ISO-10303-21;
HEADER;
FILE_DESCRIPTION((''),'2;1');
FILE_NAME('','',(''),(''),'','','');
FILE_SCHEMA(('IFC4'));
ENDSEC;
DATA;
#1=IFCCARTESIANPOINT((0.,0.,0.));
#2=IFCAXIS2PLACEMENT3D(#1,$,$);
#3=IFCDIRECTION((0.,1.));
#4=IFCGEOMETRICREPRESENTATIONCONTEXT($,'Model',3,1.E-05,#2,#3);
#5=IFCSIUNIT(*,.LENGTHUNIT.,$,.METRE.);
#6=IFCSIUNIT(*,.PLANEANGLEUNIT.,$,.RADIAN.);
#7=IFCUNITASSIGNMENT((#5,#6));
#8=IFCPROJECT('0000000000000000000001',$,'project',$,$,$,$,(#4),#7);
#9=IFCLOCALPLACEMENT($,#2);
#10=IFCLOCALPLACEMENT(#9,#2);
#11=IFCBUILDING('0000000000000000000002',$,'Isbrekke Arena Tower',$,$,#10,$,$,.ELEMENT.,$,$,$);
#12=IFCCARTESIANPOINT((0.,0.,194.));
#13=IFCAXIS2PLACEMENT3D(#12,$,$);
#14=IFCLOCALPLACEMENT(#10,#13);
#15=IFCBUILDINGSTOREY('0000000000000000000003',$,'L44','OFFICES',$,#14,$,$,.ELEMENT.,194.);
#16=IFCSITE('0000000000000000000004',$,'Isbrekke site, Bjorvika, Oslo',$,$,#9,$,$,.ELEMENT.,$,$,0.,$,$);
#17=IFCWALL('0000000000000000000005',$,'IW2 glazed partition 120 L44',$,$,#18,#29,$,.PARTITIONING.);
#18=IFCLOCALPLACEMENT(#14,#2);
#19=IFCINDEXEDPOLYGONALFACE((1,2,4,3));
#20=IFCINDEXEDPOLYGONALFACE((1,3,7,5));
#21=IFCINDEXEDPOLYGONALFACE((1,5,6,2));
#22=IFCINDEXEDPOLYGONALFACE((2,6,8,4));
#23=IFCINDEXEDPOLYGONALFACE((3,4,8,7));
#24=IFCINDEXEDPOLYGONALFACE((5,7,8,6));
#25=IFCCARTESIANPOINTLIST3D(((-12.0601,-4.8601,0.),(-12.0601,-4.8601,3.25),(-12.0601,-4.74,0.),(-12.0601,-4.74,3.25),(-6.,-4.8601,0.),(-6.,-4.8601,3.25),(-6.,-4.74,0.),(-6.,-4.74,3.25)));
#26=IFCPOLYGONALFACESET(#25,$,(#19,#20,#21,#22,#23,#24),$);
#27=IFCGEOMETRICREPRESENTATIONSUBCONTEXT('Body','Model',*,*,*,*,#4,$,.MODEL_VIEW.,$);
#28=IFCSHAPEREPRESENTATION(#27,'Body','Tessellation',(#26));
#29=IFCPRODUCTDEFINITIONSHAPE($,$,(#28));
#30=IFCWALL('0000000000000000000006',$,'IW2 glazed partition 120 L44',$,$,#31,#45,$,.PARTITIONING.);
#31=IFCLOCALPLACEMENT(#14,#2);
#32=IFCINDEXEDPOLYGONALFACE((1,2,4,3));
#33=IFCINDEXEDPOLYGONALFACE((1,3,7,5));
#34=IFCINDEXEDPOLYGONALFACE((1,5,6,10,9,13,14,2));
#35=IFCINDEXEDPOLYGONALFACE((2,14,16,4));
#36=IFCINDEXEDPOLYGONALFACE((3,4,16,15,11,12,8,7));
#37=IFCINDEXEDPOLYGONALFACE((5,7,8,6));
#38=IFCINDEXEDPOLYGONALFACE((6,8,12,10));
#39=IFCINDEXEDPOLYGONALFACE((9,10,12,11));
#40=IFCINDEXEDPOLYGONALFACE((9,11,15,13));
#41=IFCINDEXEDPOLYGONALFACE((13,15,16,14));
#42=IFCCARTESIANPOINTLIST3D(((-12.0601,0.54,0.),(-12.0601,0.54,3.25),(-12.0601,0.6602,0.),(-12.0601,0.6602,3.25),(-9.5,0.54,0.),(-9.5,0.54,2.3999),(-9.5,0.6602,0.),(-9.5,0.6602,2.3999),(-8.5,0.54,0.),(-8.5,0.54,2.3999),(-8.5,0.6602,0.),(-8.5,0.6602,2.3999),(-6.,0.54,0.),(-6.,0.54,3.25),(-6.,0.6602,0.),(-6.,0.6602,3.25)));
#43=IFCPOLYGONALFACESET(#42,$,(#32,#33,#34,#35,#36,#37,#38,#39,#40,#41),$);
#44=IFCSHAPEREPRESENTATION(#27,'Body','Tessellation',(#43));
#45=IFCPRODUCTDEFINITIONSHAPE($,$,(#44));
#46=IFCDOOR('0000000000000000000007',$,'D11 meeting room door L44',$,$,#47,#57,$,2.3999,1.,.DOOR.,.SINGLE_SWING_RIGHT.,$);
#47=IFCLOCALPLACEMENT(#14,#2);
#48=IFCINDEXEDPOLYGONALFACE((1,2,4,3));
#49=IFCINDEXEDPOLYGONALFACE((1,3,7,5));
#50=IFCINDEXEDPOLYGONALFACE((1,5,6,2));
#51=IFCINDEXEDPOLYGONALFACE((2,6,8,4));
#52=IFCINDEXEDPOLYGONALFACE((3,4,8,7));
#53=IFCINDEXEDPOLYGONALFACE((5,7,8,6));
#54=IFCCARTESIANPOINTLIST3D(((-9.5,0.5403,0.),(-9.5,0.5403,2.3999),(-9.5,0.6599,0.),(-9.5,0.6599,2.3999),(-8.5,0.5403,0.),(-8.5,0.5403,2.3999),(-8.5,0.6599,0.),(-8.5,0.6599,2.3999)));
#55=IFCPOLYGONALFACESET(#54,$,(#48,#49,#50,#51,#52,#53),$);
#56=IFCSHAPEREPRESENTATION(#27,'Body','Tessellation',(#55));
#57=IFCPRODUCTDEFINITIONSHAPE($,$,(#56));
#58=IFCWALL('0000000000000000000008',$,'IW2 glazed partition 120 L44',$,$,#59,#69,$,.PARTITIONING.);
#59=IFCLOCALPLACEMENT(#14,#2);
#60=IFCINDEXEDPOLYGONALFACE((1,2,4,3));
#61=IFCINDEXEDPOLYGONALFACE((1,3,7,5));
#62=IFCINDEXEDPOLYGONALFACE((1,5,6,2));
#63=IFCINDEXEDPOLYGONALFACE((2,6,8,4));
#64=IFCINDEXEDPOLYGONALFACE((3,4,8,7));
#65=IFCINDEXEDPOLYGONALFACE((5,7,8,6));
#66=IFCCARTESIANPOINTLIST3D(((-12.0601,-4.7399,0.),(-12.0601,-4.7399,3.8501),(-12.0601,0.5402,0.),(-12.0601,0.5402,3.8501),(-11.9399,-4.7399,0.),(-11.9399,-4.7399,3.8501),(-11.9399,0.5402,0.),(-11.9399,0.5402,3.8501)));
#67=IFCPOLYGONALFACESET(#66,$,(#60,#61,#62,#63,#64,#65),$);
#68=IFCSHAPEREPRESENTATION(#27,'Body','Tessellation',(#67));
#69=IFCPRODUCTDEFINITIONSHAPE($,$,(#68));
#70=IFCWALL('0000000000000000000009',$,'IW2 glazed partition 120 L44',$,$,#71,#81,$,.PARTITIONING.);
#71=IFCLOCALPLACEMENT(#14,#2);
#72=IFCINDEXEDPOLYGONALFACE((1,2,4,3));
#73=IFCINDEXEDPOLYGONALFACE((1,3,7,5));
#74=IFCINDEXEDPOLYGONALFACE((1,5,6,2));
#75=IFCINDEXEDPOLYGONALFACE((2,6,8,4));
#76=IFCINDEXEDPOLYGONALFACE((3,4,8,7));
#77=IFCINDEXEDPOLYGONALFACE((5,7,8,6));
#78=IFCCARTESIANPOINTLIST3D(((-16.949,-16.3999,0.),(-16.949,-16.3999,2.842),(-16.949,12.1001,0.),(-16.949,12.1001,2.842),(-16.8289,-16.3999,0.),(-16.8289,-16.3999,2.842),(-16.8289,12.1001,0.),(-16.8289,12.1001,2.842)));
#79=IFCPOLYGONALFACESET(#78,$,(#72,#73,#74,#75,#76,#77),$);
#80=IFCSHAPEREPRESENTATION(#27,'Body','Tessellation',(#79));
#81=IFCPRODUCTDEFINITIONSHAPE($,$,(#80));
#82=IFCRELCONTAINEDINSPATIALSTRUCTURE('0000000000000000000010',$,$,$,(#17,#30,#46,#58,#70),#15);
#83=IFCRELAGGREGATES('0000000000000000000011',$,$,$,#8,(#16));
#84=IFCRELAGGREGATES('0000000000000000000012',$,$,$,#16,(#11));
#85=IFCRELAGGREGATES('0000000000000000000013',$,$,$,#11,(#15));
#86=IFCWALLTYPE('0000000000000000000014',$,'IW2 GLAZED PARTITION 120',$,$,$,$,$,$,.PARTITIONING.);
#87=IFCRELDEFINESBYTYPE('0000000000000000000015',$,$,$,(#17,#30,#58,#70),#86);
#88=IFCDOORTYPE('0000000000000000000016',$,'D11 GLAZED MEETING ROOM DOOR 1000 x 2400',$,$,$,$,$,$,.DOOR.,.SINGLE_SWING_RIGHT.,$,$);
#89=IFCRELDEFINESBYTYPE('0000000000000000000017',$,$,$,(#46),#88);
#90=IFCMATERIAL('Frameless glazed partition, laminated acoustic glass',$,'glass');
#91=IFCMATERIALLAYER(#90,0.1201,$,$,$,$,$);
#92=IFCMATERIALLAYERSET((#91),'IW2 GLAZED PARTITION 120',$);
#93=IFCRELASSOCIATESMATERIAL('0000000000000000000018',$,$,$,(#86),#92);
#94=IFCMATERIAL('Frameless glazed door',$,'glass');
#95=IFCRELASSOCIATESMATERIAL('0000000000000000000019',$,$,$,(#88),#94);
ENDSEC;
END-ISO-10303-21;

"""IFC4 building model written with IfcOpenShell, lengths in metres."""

from ifc_helpers import new_model, si_unit, direction, frame, frame_2d, origin, place, context, subcontext, project, spatial, rectangle, extrude, material, layer, layer_set, type_object, element, fill, save


model = new_model("IFC4")

# Units and contexts
model_context = context("Model", 3, precision=1e-05, world=origin(), true_north=direction((0.0, 1.0)))
body_context = subcontext(model_context, "Body", "Model", "MODEL_VIEW")
ifc_project = project(units=[si_unit("LENGTHUNIT", "METRE"), si_unit("PLANEANGLEUNIT", "RADIAN")], contexts=[model_context])

# Site, building, storey
site_placement = place(None, origin())
site = spatial("IfcSite", under=ifc_project, at=site_placement, Name="Isbrekke site, Bjorvika, Oslo", CompositionType="ELEMENT", RefElevation=0.0)
building_placement = place(site_placement, origin())
building = spatial("IfcBuilding", under=site, at=building_placement, Name="Isbrekke Arena Tower", CompositionType="ELEMENT")
storey_placement = place(building_placement, frame((0.0, 0.0, 194.0)))
storey = spatial("IfcBuildingStorey", under=building, at=storey_placement, Name="L44", Description="OFFICES", CompositionType="ELEMENT", Elevation=194.0)

# Wall
ifc_material_1 = material(Name="Frameless glazed partition, laminated acoustic glass", Category="glass")
ifc_layer_1 = layer(ifc_material_1, 0.1201)
ifc_layer_set_1 = layer_set([ifc_layer_1], Name="IW2 GLAZED PARTITION 120")
wall_type = type_object("IfcWallType", Name="IW2 GLAZED PARTITION 120", PredefinedType="PARTITIONING", material=ifc_layer_set_1)
wall_1_placement = place(storey_placement, frame((-12.0601, -4.8, 0.0), z_axis=(0.0, 0.0, 1.0), x_axis=(1.0, 0.0, 0.0)))
element("IfcWall", 1, at=wall_1_placement, inside=storey, type_object=wall_type, Name="IW2 glazed partition 120 L44", PredefinedType="PARTITIONING", context=body_context, shape_type="SweptSolid", body=[
    extrude(rectangle(XDim=6.0601, YDim=0.1201, at=frame_2d((3.03, 0.0))), origin(), (0.0, 0.0, 1.0), 3.25),
])

# Wall, opening, door
wall_2_placement = place(storey_placement, frame((-12.0601, 0.6001, 0.0), z_axis=(0.0, 0.0, 1.0), x_axis=(1.0, 0.0, 0.0)))
wall_2 = element("IfcWall", 2, at=wall_2_placement, inside=storey, type_object=wall_type, Name="IW2 glazed partition 120 L44", PredefinedType="PARTITIONING", context=body_context, shape_type="SweptSolid", body=[
    extrude(rectangle(XDim=6.0601, YDim=0.1201, at=frame_2d((3.03, 0.0))), origin(), (0.0, 0.0, 1.0), 3.25),
])
opening_placement = place(wall_2_placement, frame((2.5601, 0.0, 0.0)))
opening = element("IfcOpeningElement", 3, at=opening_placement, cuts=wall_2, PredefinedType="OPENING", context=body_context, shape_type="SweptSolid", body=[
    extrude(rectangle(XDim=1.0, YDim=2.3999, at=frame_2d((0.5, 1.2))), frame((0.0, 0.075, 0.0), z_axis=(0.0, -1.0, 0.0), x_axis=(1.0, 0.0, 0.0)), (0.0, 0.0, 1.0), 0.1499),
])
ifc_material_2 = material(Name="Frameless glazed door", Category="glass")
door_type = type_object("IfcDoorType", Name="D11 GLAZED MEETING ROOM DOOR 1000 x 2400", OperationType="SINGLE_SWING_RIGHT", PredefinedType="DOOR", material=ifc_material_2)
door_placement = place(opening_placement, origin())
door = element("IfcDoor", 4, at=door_placement, inside=storey, type_object=door_type, Name="D11 meeting room door L44", OperationType="SINGLE_SWING_RIGHT", OverallHeight=2.3999, OverallWidth=1.0, PredefinedType="DOOR", context=body_context, shape_type="SweptSolid", body=[
    extrude(rectangle(XDim=1.0, YDim=2.3999, at=frame_2d((0.5, 1.2))), frame((0.0, 0.0598, 0.0), z_axis=(0.0, -1.0, 0.0), x_axis=(1.0, 0.0, 0.0)), (0.0, 0.0, 1.0), 0.1196),
])
fill(opening, door)

# Walls
wall_3_placement = place(storey_placement, frame((-12.0, -4.74, 0.0), z_axis=(0.0, 0.0, 1.0), x_axis=(0.0, 1.0, 0.0)))
element("IfcWall", 5, at=wall_3_placement, inside=storey, type_object=wall_type, Name="IW2 glazed partition 120 L44", PredefinedType="PARTITIONING", context=body_context, shape_type="SweptSolid", body=[
    extrude(rectangle(XDim=5.28, YDim=0.1201, at=frame_2d((2.6401, 0.0))), origin(), (0.0, 0.0, 1.0), 3.8501),
])
wall_4_placement = place(storey_placement, frame((-16.8889, -16.3999, 0.0), z_axis=(0.0, 0.0, 1.0), x_axis=(0.0, 1.0, 0.0)))
element("IfcWall", 6, at=wall_4_placement, inside=storey, type_object=wall_type, Name="IW2 glazed partition 120 L44", PredefinedType="PARTITIONING", context=body_context, shape_type="SweptSolid", body=[
    extrude(rectangle(XDim=28.5, YDim=0.1201, at=frame_2d((14.25, 0.0))), origin(), (0.0, 0.0, 1.0), 2.842),
])

save(model, "model.ifc")
